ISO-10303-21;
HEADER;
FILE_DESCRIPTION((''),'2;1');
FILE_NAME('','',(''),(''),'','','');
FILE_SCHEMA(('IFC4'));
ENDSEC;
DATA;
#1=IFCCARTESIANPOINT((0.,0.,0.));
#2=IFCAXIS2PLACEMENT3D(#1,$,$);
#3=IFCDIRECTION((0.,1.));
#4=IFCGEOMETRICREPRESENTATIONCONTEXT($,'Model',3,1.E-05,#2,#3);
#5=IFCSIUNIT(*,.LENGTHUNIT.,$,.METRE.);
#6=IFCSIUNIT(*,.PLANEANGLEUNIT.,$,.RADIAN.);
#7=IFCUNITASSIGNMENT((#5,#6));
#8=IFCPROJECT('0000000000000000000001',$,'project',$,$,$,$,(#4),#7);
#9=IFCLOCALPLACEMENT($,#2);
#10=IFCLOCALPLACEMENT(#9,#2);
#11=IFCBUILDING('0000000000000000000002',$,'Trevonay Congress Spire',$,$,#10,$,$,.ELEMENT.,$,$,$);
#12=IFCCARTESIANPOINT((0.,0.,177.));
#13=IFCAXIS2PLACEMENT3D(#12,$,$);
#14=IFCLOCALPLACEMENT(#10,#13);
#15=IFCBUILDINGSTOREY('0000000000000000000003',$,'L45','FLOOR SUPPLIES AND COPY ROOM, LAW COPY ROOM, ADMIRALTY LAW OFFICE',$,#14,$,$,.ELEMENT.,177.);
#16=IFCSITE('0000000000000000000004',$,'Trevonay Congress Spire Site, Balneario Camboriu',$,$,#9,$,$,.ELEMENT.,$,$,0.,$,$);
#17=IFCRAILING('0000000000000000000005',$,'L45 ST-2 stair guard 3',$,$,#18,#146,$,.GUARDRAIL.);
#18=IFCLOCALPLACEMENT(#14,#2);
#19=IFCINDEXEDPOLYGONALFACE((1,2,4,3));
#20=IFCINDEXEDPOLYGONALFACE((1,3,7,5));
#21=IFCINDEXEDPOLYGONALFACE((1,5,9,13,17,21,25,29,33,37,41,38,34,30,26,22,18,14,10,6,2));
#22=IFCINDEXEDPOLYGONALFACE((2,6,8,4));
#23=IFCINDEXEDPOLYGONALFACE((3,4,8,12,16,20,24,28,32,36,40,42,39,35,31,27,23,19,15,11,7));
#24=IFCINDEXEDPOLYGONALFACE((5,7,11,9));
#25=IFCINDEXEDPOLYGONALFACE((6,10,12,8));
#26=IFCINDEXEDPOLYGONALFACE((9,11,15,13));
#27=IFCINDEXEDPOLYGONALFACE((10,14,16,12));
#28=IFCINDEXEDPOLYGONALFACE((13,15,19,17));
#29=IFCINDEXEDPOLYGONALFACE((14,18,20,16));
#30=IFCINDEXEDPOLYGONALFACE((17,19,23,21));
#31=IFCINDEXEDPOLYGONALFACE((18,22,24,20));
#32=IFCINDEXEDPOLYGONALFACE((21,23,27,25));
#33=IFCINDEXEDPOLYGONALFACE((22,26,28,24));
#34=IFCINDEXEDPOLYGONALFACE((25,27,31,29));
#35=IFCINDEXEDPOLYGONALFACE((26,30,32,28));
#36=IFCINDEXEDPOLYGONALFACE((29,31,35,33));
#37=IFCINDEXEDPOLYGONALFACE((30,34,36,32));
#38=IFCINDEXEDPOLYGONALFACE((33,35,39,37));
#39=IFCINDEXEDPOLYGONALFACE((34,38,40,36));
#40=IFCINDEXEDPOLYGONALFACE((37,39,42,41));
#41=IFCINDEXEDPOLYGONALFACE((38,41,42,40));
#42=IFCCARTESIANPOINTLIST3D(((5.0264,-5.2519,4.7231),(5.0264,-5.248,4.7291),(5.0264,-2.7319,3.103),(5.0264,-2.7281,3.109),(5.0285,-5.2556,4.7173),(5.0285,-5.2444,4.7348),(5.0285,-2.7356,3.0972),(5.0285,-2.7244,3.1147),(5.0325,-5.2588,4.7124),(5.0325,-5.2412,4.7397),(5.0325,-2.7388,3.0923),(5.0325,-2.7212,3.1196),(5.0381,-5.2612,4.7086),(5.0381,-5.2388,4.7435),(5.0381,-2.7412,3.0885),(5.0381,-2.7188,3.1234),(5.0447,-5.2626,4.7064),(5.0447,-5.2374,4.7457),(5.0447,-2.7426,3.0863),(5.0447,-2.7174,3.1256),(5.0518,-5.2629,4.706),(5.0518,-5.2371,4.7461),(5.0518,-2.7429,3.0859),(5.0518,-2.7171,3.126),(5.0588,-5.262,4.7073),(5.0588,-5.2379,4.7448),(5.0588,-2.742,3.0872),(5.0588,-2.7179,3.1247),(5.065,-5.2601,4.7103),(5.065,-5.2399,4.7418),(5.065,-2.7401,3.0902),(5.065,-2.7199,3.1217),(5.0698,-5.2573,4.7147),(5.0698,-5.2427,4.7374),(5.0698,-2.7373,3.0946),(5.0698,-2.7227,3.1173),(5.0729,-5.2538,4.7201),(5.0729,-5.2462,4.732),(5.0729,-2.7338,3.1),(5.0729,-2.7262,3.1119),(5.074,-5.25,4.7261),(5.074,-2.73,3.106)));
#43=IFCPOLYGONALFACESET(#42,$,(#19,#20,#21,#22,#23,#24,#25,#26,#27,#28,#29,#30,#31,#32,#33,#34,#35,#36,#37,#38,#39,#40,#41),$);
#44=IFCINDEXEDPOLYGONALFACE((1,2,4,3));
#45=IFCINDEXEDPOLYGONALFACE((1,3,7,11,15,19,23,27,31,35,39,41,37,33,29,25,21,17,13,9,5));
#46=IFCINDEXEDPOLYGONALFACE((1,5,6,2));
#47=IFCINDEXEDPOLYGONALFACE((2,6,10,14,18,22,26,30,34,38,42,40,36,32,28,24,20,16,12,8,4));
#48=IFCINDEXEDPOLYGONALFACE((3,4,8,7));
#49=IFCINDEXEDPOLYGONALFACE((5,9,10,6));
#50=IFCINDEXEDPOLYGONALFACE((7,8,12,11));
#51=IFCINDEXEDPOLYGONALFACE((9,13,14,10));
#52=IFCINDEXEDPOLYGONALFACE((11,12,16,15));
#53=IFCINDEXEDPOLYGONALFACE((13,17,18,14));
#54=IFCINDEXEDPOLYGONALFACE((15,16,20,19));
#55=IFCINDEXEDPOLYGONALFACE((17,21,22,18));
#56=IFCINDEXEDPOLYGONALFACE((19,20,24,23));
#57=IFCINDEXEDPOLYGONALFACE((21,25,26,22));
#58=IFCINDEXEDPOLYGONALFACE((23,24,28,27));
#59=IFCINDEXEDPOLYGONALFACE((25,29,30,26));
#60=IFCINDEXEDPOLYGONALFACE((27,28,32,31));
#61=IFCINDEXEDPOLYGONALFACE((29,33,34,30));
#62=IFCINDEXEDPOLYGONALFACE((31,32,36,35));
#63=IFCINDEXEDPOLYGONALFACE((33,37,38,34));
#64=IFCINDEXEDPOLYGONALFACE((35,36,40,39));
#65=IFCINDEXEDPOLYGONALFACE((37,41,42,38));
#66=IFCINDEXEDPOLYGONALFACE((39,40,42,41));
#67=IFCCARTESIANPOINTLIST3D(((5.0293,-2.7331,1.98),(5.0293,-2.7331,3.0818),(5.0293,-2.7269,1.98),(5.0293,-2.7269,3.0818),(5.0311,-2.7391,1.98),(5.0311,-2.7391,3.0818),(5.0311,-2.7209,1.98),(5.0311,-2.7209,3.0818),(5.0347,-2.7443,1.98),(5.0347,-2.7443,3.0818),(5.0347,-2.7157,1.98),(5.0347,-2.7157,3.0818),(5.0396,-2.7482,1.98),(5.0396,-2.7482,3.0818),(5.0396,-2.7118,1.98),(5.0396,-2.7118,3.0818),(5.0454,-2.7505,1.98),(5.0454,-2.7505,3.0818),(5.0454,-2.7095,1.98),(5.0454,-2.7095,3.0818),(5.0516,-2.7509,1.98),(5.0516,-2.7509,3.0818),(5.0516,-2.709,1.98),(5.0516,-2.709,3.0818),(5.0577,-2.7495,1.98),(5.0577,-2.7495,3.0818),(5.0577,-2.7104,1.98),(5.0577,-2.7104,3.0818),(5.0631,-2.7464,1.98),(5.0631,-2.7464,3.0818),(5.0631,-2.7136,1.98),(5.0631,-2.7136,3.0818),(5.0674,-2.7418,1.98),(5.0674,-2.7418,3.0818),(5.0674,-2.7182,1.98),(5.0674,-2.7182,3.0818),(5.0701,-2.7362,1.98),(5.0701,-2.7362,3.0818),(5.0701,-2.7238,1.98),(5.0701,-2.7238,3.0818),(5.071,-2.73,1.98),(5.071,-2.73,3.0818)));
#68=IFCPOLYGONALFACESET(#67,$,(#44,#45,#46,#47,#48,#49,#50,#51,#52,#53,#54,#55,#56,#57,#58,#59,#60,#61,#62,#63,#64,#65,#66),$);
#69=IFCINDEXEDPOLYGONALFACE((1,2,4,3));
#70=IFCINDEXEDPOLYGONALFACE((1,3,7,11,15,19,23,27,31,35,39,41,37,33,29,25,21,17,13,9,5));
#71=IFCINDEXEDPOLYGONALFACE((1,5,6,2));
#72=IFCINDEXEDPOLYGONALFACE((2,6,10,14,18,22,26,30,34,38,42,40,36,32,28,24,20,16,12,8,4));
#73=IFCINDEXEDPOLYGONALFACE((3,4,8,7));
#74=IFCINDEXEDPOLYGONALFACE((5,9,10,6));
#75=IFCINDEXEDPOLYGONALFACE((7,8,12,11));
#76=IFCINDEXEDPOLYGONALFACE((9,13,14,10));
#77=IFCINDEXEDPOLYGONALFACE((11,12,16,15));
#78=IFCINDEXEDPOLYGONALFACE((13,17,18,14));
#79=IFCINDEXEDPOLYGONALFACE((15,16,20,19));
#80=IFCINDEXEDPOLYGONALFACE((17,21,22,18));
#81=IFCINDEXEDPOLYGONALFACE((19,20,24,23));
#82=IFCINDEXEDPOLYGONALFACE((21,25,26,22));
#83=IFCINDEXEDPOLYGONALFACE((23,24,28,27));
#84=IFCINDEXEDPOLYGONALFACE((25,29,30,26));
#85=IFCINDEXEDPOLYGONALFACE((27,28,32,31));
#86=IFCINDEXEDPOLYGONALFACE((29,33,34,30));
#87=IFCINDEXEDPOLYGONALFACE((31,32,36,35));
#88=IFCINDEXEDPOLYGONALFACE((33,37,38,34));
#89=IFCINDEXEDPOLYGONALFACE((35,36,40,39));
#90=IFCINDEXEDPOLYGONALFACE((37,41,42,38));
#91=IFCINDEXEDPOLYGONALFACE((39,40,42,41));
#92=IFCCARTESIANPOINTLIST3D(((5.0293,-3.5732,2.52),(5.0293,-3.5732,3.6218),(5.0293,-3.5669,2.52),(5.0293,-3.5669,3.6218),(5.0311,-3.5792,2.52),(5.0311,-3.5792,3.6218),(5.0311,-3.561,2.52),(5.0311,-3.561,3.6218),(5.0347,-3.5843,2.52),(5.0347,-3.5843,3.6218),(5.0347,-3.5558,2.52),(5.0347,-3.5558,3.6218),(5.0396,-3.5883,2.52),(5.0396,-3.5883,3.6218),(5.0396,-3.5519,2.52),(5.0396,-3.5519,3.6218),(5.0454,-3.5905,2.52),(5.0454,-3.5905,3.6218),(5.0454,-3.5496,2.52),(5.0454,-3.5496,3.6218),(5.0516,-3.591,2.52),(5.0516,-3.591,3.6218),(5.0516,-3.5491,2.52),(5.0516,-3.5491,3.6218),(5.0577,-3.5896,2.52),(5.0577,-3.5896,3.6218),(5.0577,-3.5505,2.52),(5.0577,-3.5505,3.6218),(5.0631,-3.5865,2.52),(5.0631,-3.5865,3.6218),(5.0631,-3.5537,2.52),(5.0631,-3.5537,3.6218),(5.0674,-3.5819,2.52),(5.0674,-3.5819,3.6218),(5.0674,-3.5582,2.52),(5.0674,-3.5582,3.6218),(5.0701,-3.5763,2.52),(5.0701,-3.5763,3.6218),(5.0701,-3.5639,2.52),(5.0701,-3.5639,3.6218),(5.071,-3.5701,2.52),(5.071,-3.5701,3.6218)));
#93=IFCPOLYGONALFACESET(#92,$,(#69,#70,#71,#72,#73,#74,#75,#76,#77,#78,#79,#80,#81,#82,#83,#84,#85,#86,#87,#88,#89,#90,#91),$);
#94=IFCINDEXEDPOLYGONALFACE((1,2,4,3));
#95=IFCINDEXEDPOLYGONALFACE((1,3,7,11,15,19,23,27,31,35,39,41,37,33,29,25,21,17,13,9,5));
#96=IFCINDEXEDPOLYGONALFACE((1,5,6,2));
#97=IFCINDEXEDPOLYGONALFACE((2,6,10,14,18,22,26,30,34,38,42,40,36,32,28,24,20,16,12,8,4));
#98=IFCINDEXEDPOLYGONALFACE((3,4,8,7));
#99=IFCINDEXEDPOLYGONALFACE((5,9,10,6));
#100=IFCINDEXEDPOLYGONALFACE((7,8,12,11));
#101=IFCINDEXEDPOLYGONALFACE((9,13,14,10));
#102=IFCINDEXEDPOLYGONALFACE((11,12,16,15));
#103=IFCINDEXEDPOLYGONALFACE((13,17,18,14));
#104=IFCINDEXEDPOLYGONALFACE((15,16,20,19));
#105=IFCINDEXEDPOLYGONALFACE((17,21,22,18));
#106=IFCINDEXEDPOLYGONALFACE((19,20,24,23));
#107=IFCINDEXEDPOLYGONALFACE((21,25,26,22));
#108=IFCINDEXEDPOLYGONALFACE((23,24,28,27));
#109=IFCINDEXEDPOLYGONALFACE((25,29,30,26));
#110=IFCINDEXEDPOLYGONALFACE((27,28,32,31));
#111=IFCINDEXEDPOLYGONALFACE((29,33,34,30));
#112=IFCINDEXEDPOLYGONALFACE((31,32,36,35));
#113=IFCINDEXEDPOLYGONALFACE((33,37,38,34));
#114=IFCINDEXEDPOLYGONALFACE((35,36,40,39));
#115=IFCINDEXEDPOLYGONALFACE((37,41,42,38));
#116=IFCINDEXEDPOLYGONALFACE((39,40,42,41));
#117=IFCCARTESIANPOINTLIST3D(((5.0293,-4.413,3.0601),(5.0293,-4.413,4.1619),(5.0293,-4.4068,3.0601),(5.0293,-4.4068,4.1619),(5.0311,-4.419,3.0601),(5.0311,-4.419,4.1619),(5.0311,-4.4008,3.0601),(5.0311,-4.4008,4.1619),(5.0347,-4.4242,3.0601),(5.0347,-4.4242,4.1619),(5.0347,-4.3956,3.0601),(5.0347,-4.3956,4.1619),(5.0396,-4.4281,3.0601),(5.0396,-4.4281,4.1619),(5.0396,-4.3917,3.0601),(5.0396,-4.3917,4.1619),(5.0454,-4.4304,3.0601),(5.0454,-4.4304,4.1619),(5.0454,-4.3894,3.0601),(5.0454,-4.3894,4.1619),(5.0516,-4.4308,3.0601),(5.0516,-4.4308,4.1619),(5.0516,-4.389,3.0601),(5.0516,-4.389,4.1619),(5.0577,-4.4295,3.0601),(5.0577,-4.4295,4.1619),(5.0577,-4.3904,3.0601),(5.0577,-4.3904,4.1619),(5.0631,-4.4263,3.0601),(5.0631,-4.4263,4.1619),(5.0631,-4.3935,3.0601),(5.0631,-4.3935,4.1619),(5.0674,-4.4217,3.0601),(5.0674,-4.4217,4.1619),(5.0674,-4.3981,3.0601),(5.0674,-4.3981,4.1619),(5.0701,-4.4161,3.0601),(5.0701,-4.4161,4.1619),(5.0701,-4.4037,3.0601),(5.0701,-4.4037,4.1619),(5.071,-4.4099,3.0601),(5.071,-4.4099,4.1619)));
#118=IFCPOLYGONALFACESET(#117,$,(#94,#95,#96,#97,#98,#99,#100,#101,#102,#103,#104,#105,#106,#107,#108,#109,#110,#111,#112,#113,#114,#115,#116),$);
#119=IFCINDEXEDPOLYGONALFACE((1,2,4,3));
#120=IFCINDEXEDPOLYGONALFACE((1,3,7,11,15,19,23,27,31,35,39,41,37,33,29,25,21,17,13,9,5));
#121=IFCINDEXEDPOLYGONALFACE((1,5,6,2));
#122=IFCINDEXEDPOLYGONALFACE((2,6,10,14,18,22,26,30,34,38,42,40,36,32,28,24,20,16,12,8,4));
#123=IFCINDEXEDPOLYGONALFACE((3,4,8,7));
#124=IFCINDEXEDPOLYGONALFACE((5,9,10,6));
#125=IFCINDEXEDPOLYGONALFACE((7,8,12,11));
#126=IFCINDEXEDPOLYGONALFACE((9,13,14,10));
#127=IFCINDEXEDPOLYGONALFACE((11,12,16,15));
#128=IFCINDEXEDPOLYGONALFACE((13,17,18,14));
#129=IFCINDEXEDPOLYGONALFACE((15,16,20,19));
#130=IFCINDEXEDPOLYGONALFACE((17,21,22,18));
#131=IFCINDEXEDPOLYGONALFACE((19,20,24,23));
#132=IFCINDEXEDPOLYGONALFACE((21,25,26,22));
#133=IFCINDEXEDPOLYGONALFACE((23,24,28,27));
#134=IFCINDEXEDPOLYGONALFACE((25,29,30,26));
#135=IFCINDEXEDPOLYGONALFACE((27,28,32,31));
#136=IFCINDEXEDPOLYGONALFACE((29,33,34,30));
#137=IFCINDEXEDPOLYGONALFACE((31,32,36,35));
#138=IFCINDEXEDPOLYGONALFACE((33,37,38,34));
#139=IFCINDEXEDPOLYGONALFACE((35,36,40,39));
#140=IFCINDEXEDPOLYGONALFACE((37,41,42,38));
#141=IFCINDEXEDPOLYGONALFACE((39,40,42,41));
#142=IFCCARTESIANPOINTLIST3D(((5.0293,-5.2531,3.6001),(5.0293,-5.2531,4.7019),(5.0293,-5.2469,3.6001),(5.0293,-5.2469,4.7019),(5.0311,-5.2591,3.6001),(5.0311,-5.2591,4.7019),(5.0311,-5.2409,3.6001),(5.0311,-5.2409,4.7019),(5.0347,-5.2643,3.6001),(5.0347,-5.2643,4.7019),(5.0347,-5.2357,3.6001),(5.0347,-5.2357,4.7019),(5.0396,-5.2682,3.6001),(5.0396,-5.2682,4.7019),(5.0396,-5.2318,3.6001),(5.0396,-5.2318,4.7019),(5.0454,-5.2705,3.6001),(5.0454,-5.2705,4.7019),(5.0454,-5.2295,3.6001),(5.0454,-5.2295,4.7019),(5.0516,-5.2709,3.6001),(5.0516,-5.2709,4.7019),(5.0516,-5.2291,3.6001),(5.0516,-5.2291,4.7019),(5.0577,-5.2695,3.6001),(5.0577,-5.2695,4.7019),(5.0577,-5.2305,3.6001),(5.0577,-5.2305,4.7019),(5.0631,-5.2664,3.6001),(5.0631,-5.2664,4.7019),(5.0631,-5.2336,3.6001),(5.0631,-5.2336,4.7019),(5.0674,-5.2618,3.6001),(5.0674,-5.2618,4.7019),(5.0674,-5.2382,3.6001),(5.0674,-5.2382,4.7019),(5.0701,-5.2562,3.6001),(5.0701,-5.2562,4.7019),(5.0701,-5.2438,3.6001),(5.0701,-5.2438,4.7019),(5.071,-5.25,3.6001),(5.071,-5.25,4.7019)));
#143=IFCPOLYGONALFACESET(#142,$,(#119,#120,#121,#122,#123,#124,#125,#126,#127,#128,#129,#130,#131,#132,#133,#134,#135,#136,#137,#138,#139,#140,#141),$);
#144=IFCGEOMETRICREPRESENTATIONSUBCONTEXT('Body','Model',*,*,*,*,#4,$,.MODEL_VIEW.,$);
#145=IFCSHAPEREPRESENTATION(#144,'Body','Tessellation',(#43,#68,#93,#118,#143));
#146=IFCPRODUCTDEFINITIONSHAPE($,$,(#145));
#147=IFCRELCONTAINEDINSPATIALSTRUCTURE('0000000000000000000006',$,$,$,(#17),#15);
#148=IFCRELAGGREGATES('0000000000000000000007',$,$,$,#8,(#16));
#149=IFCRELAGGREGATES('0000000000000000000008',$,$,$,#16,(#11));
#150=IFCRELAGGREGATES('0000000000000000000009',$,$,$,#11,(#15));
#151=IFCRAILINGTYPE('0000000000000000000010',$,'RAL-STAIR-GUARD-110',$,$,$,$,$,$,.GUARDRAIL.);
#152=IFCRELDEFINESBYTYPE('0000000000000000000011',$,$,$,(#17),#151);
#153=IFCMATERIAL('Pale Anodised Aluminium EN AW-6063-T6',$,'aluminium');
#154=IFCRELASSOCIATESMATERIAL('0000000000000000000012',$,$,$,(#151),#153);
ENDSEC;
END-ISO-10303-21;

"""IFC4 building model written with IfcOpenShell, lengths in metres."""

from ifc_helpers import new_model, si_unit, direction, frame, origin, origin_2d, place, context, subcontext, project, spatial, circle, extrude, material, type_object, element, save


model = new_model("IFC4")

# Units and contexts
model_context = context("Model", 3, precision=1e-05, world=origin(), true_north=direction((0.0, 1.0)))
body_context = subcontext(model_context, "Body", "Model", "MODEL_VIEW")
ifc_project = project(units=[si_unit("LENGTHUNIT", "METRE"), si_unit("PLANEANGLEUNIT", "RADIAN")], contexts=[model_context])

# Site, building, storey
site_placement = place(None, origin())
site = spatial("IfcSite", under=ifc_project, at=site_placement, Name="Trevonay Congress Spire Site, Balneario Camboriu", CompositionType="ELEMENT", RefElevation=0.0)
building_placement = place(site_placement, origin())
building = spatial("IfcBuilding", under=site, at=building_placement, Name="Trevonay Congress Spire", CompositionType="ELEMENT")
storey_placement = place(building_placement, frame((0.0, 0.0, 177.0)))
storey = spatial("IfcBuildingStorey", under=building, at=storey_placement, Name="L45", Description="FLOOR SUPPLIES AND COPY ROOM, LAW COPY ROOM, ADMIRALTY LAW OFFICE", CompositionType="ELEMENT", Elevation=177.0)

# Shared definitions
ifc_material_1 = material(Name="Pale Anodised Aluminium EN AW-6063-T6", Category="aluminium")

# Railing
railing_type_1 = type_object("IfcRailingType", Name="RAL-STAIR-GUARD-110", PredefinedType="GUARDRAIL", material=ifc_material_1)
railing_1_placement = place(storey_placement, frame((5.05, -2.73, 1.98)))
element("IfcRailing", 1, at=railing_1_placement, inside=storey, type_object=railing_type_1, Name="L45 ST-2 stair guard 3", PredefinedType="GUARDRAIL", context=body_context, shape_type="SweptSolid", body=[
    extrude(circle(Radius=0.0239, at=origin_2d()), frame((0.0, 0.0, 1.126), z_axis=(0.0, -0.841163, 0.540782), x_axis=(1.0, 0.0, 0.0)), (0.0, 0.0, 1.0), 2.9958),
    extrude(circle(Radius=0.021, at=origin_2d()), origin(), (0.0, 0.0, 1.0), 1.1018),
    extrude(circle(Radius=0.021, at=origin_2d()), frame((0.0, -0.8401, 0.54)), (0.0, 0.0, 1.0), 1.1018),
    extrude(circle(Radius=0.021, at=origin_2d()), frame((0.0, -1.6799, 1.0801)), (0.0, 0.0, 1.0), 1.1018),
    extrude(circle(Radius=0.021, at=origin_2d()), frame((0.0, -2.52, 1.6201)), (0.0, 0.0, 1.0), 1.1018),
])

save(model, "model.ifc")
